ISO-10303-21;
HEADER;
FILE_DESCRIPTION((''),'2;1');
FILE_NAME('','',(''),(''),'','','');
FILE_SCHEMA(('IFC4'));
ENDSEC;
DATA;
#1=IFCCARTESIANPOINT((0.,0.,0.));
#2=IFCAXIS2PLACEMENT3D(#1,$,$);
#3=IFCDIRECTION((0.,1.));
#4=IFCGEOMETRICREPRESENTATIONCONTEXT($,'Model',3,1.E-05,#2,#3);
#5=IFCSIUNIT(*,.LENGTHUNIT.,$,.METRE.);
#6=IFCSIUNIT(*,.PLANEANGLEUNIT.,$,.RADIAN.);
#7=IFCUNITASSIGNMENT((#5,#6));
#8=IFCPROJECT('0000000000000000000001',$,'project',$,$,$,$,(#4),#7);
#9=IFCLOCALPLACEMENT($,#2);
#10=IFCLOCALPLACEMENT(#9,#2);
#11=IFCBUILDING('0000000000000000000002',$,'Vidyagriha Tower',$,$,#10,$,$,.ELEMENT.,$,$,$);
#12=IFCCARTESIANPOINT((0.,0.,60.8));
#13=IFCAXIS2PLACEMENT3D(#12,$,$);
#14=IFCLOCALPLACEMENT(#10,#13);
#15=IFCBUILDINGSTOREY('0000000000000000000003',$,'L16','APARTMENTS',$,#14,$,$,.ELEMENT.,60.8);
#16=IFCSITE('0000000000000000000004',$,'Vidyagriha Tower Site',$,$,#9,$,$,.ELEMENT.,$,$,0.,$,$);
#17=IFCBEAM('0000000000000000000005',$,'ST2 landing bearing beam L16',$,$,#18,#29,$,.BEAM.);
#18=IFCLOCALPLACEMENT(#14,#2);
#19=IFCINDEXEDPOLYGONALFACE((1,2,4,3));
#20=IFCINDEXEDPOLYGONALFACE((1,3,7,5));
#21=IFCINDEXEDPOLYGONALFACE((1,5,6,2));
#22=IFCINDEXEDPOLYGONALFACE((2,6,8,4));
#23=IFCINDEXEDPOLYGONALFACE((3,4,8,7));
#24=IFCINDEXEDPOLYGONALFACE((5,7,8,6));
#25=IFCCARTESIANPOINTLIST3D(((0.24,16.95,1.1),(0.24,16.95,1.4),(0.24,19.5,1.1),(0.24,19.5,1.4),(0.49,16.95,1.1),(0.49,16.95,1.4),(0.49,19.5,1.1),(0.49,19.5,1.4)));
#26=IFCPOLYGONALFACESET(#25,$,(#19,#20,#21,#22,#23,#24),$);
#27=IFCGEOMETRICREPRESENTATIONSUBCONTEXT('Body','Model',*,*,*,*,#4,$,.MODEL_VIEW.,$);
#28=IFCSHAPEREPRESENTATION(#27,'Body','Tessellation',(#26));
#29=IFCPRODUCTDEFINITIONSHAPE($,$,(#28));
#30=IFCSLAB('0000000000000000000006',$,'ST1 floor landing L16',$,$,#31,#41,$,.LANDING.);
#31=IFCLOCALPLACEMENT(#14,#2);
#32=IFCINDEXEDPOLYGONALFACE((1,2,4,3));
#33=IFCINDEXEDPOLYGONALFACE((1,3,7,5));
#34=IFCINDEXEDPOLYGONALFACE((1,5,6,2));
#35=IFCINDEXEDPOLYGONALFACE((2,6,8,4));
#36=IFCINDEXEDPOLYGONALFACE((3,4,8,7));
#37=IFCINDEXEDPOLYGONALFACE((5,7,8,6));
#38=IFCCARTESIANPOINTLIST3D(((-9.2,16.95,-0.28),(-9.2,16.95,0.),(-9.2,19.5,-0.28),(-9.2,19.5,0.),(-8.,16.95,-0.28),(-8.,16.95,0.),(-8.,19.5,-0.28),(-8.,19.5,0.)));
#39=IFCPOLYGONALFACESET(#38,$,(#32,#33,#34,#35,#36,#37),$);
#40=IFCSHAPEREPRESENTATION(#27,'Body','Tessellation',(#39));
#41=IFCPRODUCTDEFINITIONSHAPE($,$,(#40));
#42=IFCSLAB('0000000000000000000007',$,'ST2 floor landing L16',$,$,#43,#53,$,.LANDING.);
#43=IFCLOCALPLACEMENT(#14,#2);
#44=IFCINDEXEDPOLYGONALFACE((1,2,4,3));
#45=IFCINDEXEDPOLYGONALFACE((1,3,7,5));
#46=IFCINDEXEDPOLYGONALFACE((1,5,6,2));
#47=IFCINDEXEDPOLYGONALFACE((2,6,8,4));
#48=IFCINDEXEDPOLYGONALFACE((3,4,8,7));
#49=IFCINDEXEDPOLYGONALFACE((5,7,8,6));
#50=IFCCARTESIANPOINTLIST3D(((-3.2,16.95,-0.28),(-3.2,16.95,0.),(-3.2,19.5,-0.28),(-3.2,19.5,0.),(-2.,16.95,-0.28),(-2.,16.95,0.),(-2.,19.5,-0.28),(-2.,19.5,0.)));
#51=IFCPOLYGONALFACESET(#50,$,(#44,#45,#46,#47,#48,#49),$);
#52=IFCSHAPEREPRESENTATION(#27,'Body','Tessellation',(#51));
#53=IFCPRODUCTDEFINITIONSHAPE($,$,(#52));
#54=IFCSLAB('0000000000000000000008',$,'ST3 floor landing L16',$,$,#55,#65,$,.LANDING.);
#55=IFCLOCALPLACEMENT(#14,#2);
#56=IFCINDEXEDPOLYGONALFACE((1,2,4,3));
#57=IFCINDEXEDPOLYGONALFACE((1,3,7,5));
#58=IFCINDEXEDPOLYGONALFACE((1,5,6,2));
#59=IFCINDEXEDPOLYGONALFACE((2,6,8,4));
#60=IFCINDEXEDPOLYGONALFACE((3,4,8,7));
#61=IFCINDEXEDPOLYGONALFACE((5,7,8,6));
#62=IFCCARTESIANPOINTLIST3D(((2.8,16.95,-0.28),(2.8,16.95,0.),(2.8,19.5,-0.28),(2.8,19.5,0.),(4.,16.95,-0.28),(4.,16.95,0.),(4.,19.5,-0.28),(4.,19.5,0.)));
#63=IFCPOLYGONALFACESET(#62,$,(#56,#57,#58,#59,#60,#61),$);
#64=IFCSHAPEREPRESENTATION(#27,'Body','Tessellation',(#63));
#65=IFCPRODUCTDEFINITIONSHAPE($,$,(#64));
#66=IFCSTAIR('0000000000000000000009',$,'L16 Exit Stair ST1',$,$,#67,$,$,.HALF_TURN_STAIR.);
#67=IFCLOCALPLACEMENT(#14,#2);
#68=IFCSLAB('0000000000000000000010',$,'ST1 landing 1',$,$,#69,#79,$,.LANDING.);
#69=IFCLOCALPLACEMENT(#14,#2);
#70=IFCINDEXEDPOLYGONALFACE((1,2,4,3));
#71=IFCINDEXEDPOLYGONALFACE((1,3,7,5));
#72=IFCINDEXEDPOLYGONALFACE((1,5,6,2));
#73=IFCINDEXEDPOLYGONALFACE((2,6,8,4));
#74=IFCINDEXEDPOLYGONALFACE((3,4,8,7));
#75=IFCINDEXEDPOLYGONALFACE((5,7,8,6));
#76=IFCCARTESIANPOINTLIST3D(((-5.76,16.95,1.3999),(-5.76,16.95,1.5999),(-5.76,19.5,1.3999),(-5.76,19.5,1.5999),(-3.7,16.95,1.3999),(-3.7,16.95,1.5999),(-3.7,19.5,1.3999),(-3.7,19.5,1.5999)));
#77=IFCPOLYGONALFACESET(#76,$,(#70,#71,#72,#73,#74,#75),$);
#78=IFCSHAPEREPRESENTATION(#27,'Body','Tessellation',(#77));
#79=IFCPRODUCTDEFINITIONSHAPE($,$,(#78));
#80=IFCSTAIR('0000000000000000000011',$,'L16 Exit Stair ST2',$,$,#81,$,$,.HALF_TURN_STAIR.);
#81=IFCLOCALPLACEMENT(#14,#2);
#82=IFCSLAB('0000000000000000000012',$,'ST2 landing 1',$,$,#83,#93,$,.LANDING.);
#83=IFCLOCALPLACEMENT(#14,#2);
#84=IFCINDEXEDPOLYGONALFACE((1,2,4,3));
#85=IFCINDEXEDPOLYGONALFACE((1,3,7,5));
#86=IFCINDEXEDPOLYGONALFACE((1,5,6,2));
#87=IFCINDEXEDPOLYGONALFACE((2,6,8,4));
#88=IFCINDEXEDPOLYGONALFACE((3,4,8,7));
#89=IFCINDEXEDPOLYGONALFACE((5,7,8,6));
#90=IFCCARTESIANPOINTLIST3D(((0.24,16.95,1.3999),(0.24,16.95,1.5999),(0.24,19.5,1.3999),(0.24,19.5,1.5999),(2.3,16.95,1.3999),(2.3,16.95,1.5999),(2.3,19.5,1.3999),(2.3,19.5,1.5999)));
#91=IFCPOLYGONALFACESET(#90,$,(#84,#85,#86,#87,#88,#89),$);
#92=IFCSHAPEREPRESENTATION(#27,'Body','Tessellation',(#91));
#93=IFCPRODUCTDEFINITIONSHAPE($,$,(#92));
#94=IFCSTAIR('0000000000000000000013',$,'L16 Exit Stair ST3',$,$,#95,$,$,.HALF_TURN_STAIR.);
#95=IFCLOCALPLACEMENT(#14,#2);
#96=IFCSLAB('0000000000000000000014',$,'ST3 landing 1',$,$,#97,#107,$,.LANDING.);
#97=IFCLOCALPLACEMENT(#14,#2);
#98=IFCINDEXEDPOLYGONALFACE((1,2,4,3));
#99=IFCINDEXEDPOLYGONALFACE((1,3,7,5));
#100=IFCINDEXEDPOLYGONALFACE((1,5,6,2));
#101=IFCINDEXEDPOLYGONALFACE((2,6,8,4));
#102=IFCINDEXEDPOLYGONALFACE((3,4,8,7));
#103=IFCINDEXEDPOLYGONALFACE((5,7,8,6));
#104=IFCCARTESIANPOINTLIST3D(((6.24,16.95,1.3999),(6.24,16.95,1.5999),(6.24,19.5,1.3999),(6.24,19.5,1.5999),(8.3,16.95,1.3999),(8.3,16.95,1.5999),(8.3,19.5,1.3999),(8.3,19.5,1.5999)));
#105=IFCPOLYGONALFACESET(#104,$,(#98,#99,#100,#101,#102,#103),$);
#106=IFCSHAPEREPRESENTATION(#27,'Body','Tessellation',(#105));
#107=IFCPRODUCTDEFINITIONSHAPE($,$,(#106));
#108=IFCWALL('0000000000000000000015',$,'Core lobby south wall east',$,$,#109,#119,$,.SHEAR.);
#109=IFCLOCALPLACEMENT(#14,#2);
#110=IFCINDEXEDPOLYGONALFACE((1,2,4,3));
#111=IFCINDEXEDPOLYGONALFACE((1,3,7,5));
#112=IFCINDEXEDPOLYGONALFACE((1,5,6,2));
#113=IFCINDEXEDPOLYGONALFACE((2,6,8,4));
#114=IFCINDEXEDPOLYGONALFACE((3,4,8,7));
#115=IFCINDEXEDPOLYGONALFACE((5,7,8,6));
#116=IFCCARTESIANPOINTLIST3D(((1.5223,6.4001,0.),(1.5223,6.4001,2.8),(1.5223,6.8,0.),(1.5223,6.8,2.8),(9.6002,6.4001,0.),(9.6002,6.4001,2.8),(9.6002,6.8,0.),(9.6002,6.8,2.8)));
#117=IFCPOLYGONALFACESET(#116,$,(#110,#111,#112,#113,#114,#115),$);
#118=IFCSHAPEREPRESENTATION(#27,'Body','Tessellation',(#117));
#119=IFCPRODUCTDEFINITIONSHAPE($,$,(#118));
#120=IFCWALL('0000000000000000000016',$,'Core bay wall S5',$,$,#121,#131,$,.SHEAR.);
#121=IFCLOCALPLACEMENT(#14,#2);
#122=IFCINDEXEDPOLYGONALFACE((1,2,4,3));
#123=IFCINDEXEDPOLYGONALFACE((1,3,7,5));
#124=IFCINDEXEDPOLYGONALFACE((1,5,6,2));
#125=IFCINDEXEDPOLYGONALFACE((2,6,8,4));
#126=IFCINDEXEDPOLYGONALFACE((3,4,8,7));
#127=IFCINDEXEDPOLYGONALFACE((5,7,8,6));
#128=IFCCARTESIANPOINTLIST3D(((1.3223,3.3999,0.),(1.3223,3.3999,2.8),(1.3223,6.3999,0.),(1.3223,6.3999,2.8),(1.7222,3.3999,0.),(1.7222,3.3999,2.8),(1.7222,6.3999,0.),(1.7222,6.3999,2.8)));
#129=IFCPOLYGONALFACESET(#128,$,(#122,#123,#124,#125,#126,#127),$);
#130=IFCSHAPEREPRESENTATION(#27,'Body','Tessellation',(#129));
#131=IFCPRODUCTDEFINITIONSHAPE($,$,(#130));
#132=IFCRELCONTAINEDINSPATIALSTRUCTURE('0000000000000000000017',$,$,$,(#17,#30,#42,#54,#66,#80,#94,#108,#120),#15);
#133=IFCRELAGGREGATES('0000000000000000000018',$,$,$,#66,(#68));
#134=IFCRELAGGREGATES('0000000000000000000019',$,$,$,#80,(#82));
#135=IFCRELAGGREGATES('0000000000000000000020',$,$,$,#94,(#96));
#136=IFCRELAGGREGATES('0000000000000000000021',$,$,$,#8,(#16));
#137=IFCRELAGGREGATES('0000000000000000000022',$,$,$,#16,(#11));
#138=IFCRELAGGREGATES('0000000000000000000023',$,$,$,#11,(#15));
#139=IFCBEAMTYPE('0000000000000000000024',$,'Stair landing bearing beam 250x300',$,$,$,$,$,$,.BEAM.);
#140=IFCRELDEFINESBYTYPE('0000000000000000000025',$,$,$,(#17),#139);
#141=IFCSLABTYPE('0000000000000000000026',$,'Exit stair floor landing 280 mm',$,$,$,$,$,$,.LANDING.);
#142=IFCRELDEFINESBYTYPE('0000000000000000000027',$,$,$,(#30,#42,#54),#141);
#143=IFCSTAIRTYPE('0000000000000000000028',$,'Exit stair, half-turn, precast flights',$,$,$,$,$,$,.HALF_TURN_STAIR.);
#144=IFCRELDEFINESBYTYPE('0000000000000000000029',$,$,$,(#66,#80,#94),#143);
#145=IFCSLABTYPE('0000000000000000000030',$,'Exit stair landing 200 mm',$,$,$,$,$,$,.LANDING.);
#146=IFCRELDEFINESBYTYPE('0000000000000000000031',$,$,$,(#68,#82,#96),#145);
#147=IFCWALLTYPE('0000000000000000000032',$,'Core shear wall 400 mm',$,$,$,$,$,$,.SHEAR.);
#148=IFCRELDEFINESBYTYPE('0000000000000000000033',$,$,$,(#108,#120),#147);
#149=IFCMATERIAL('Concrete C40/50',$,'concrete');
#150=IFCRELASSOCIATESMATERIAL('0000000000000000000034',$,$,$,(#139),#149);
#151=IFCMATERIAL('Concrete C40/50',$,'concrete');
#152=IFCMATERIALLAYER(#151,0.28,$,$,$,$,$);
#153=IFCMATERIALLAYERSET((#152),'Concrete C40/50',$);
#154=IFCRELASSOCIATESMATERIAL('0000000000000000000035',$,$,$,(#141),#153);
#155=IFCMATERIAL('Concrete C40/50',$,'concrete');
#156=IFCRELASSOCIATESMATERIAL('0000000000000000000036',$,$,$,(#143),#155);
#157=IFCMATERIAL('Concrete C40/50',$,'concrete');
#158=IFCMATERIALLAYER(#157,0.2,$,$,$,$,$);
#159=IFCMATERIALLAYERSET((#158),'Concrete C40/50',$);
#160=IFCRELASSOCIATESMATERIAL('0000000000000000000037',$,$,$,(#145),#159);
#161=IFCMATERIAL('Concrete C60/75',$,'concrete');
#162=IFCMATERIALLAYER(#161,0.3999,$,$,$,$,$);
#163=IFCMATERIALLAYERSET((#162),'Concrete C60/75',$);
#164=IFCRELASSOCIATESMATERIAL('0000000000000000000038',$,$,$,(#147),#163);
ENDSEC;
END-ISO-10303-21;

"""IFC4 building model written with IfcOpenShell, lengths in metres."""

from ifc_helpers import new_model, si_unit, direction, frame, frame_2d, origin, origin_2d, place, context, subcontext, project, spatial, polyline, rectangle, outline, extrude, material, layer, layer_set, material_profile, profile_set, type_object, element, aggregate, save


model = new_model("IFC4")

# Units and contexts
model_context = context("Model", 3, precision=1e-05, world=origin(), true_north=direction((0.0, 1.0)))
body_context = subcontext(model_context, "Body", "Model", "MODEL_VIEW")
ifc_project = project(units=[si_unit("LENGTHUNIT", "METRE"), si_unit("PLANEANGLEUNIT", "RADIAN")], contexts=[model_context])

# Site, building, storey
site_placement = place(None, origin())
site = spatial("IfcSite", under=ifc_project, at=site_placement, Name="Vidyagriha Tower Site", CompositionType="ELEMENT", RefElevation=0.0)
building_placement = place(site_placement, origin())
building = spatial("IfcBuilding", under=site, at=building_placement, Name="Vidyagriha Tower", CompositionType="ELEMENT")
storey_placement = place(building_placement, frame((0.0, 0.0, 60.8)))
storey = spatial("IfcBuildingStorey", under=building, at=storey_placement, Name="L16", Description="APARTMENTS", CompositionType="ELEMENT", Elevation=60.8)

# Beam
ifc_material_1 = material(Name="Concrete C40/50", Category="concrete")
ifc_material_profile = material_profile(ifc_material_1, rectangle(XDim=0.25, YDim=0.3, at=origin_2d()), Name="Stair landing bearing beam 250x300")
ifc_profile_set = profile_set([ifc_material_profile], Name="Concrete C40/50")
beam_type = type_object("IfcBeamType", Name="Stair landing bearing beam 250x300", PredefinedType="BEAM", material=ifc_profile_set)
beam_placement = place(storey_placement, frame((0.365, 16.95, 1.25), z_axis=(0.0, 1.0, 0.0), x_axis=(-1.0, 0.0, 0.0)))
element("IfcBeam", 1, at=beam_placement, inside=storey, type_object=beam_type, Name="ST2 landing bearing beam L16", PredefinedType="BEAM", context=body_context, shape_type="SweptSolid", body=[
    extrude(rectangle(XDim=0.25, YDim=0.3, at=origin_2d()), origin(), (0.0, 0.0, 1.0), 2.55),
])

# Slabs
ifc_material_2 = material(Name="Concrete C40/50", Category="concrete")
ifc_layer_1 = layer(ifc_material_2, 0.28)
ifc_layer_set_1 = layer_set([ifc_layer_1], Name="Concrete C40/50")
slab_type_1 = type_object("IfcSlabType", Name="Exit stair floor landing 280 mm", PredefinedType="LANDING", material=ifc_layer_set_1)
slab_1_placement = place(storey_placement, frame((0.0, 0.0, -0.28)))
element("IfcSlab", 2, at=slab_1_placement, inside=storey, type_object=slab_type_1, Name="ST1 floor landing L16", PredefinedType="LANDING", context=body_context, shape_type="SweptSolid", body=[
    extrude(outline(polyline([(-9.2, 16.95), (-8.0, 16.95), (-8.0, 19.5), (-9.2, 19.5), (-9.2, 16.95)])), origin(), (0.0, 0.0, 1.0), 0.28),
])
slab_2_placement = place(storey_placement, frame((0.0, 0.0, -0.28)))
element("IfcSlab", 3, at=slab_2_placement, inside=storey, type_object=slab_type_1, Name="ST2 floor landing L16", PredefinedType="LANDING", context=body_context, shape_type="SweptSolid", body=[
    extrude(outline(polyline([(-3.2, 16.95), (-2.0, 16.95), (-2.0, 19.5), (-3.2, 19.5), (-3.2, 16.95)])), origin(), (0.0, 0.0, 1.0), 0.28),
])
slab_3_placement = place(storey_placement, frame((0.0, 0.0, -0.28)))
element("IfcSlab", 4, at=slab_3_placement, inside=storey, type_object=slab_type_1, Name="ST3 floor landing L16", PredefinedType="LANDING", context=body_context, shape_type="SweptSolid", body=[
    extrude(outline(polyline([(2.8, 16.95), (4.0, 16.95), (4.0, 19.5), (2.8, 19.5), (2.8, 16.95)])), origin(), (0.0, 0.0, 1.0), 0.28),
])

# Stairs, slabs
ifc_material_3 = material(Name="Concrete C40/50", Category="concrete")
stair_type = type_object("IfcStairType", Name="Exit stair, half-turn, precast flights", PredefinedType="HALF_TURN_STAIR", material=ifc_material_3)
stair_1_placement = place(storey_placement, origin())
stair_1 = element("IfcStair", 5, at=stair_1_placement, inside=storey, type_object=stair_type, Name="L16 Exit Stair ST1", PredefinedType="HALF_TURN_STAIR")
ifc_material_4 = material(Name="Concrete C40/50", Category="concrete")
ifc_layer_2 = layer(ifc_material_4, 0.2)
ifc_layer_set_2 = layer_set([ifc_layer_2], Name="Concrete C40/50")
slab_type_2 = type_object("IfcSlabType", Name="Exit stair landing 200 mm", PredefinedType="LANDING", material=ifc_layer_set_2)
slab_4_placement = place(storey_placement, frame((0.0, 0.0, 1.3999)))
slab_4 = element("IfcSlab", 6, at=slab_4_placement, type_object=slab_type_2, Name="ST1 landing 1", PredefinedType="LANDING", context=body_context, shape_type="SweptSolid", body=[
    extrude(outline(polyline([(-5.76, 16.95), (-3.7, 16.95), (-3.7, 19.5), (-5.76, 19.5), (-5.76, 16.95)])), origin(), (0.0, 0.0, 1.0), 0.2),
])
aggregate(stair_1, [slab_4])
stair_2_placement = place(storey_placement, origin())
stair_2 = element("IfcStair", 7, at=stair_2_placement, inside=storey, type_object=stair_type, Name="L16 Exit Stair ST2", PredefinedType="HALF_TURN_STAIR")
slab_5_placement = place(storey_placement, frame((0.0, 0.0, 1.3999)))
slab_5 = element("IfcSlab", 8, at=slab_5_placement, type_object=slab_type_2, Name="ST2 landing 1", PredefinedType="LANDING", context=body_context, shape_type="SweptSolid", body=[
    extrude(outline(polyline([(0.24, 16.95), (2.3, 16.95), (2.3, 19.5), (0.24, 19.5), (0.24, 16.95)])), origin(), (0.0, 0.0, 1.0), 0.2),
])
aggregate(stair_2, [slab_5])
stair_3_placement = place(storey_placement, origin())
stair_3 = element("IfcStair", 9, at=stair_3_placement, inside=storey, type_object=stair_type, Name="L16 Exit Stair ST3", PredefinedType="HALF_TURN_STAIR")
slab_6_placement = place(storey_placement, frame((0.0, 0.0, 1.3999)))
slab_6 = element("IfcSlab", 10, at=slab_6_placement, type_object=slab_type_2, Name="ST3 landing 1", PredefinedType="LANDING", context=body_context, shape_type="SweptSolid", body=[
    extrude(outline(polyline([(6.24, 16.95), (8.3, 16.95), (8.3, 19.5), (6.24, 19.5), (6.24, 16.95)])), origin(), (0.0, 0.0, 1.0), 0.2),
])
aggregate(stair_3, [slab_6])

# Walls
ifc_material_5 = material(Name="Concrete C60/75", Category="concrete")
ifc_layer_3 = layer(ifc_material_5, 0.3999)
ifc_layer_set_3 = layer_set([ifc_layer_3], Name="Concrete C60/75")
wall_type_1 = type_object("IfcWallType", Name="Core shear wall 400 mm", PredefinedType="SHEAR", material=ifc_layer_set_3)
wall_1_placement = place(storey_placement, frame((1.5222, 6.6001, 0.0)))
element("IfcWall", 11, at=wall_1_placement, inside=storey, type_object=wall_type_1, Name="Core lobby south wall east", PredefinedType="SHEAR", context=body_context, shape_type="SweptSolid", body=[
    extrude(rectangle(XDim=8.0779, YDim=0.3999, at=frame_2d((4.0391, 0.0))), origin(), (0.0, 0.0, 1.0), 2.8),
])
wall_2_placement = place(storey_placement, frame((1.5222, 3.3999, 0.0), z_axis=(0.0, 0.0, 1.0), x_axis=(0.0, 1.0, 0.0)))
element("IfcWall", 12, at=wall_2_placement, inside=storey, type_object=wall_type_1, Name="Core bay wall S5", PredefinedType="SHEAR", context=body_context, shape_type="SweptSolid", body=[
    extrude(rectangle(XDim=3.0, YDim=0.3999, at=frame_2d((1.5, 0.0))), origin(), (0.0, 0.0, 1.0), 2.8),
])

save(model, "model.ifc")
